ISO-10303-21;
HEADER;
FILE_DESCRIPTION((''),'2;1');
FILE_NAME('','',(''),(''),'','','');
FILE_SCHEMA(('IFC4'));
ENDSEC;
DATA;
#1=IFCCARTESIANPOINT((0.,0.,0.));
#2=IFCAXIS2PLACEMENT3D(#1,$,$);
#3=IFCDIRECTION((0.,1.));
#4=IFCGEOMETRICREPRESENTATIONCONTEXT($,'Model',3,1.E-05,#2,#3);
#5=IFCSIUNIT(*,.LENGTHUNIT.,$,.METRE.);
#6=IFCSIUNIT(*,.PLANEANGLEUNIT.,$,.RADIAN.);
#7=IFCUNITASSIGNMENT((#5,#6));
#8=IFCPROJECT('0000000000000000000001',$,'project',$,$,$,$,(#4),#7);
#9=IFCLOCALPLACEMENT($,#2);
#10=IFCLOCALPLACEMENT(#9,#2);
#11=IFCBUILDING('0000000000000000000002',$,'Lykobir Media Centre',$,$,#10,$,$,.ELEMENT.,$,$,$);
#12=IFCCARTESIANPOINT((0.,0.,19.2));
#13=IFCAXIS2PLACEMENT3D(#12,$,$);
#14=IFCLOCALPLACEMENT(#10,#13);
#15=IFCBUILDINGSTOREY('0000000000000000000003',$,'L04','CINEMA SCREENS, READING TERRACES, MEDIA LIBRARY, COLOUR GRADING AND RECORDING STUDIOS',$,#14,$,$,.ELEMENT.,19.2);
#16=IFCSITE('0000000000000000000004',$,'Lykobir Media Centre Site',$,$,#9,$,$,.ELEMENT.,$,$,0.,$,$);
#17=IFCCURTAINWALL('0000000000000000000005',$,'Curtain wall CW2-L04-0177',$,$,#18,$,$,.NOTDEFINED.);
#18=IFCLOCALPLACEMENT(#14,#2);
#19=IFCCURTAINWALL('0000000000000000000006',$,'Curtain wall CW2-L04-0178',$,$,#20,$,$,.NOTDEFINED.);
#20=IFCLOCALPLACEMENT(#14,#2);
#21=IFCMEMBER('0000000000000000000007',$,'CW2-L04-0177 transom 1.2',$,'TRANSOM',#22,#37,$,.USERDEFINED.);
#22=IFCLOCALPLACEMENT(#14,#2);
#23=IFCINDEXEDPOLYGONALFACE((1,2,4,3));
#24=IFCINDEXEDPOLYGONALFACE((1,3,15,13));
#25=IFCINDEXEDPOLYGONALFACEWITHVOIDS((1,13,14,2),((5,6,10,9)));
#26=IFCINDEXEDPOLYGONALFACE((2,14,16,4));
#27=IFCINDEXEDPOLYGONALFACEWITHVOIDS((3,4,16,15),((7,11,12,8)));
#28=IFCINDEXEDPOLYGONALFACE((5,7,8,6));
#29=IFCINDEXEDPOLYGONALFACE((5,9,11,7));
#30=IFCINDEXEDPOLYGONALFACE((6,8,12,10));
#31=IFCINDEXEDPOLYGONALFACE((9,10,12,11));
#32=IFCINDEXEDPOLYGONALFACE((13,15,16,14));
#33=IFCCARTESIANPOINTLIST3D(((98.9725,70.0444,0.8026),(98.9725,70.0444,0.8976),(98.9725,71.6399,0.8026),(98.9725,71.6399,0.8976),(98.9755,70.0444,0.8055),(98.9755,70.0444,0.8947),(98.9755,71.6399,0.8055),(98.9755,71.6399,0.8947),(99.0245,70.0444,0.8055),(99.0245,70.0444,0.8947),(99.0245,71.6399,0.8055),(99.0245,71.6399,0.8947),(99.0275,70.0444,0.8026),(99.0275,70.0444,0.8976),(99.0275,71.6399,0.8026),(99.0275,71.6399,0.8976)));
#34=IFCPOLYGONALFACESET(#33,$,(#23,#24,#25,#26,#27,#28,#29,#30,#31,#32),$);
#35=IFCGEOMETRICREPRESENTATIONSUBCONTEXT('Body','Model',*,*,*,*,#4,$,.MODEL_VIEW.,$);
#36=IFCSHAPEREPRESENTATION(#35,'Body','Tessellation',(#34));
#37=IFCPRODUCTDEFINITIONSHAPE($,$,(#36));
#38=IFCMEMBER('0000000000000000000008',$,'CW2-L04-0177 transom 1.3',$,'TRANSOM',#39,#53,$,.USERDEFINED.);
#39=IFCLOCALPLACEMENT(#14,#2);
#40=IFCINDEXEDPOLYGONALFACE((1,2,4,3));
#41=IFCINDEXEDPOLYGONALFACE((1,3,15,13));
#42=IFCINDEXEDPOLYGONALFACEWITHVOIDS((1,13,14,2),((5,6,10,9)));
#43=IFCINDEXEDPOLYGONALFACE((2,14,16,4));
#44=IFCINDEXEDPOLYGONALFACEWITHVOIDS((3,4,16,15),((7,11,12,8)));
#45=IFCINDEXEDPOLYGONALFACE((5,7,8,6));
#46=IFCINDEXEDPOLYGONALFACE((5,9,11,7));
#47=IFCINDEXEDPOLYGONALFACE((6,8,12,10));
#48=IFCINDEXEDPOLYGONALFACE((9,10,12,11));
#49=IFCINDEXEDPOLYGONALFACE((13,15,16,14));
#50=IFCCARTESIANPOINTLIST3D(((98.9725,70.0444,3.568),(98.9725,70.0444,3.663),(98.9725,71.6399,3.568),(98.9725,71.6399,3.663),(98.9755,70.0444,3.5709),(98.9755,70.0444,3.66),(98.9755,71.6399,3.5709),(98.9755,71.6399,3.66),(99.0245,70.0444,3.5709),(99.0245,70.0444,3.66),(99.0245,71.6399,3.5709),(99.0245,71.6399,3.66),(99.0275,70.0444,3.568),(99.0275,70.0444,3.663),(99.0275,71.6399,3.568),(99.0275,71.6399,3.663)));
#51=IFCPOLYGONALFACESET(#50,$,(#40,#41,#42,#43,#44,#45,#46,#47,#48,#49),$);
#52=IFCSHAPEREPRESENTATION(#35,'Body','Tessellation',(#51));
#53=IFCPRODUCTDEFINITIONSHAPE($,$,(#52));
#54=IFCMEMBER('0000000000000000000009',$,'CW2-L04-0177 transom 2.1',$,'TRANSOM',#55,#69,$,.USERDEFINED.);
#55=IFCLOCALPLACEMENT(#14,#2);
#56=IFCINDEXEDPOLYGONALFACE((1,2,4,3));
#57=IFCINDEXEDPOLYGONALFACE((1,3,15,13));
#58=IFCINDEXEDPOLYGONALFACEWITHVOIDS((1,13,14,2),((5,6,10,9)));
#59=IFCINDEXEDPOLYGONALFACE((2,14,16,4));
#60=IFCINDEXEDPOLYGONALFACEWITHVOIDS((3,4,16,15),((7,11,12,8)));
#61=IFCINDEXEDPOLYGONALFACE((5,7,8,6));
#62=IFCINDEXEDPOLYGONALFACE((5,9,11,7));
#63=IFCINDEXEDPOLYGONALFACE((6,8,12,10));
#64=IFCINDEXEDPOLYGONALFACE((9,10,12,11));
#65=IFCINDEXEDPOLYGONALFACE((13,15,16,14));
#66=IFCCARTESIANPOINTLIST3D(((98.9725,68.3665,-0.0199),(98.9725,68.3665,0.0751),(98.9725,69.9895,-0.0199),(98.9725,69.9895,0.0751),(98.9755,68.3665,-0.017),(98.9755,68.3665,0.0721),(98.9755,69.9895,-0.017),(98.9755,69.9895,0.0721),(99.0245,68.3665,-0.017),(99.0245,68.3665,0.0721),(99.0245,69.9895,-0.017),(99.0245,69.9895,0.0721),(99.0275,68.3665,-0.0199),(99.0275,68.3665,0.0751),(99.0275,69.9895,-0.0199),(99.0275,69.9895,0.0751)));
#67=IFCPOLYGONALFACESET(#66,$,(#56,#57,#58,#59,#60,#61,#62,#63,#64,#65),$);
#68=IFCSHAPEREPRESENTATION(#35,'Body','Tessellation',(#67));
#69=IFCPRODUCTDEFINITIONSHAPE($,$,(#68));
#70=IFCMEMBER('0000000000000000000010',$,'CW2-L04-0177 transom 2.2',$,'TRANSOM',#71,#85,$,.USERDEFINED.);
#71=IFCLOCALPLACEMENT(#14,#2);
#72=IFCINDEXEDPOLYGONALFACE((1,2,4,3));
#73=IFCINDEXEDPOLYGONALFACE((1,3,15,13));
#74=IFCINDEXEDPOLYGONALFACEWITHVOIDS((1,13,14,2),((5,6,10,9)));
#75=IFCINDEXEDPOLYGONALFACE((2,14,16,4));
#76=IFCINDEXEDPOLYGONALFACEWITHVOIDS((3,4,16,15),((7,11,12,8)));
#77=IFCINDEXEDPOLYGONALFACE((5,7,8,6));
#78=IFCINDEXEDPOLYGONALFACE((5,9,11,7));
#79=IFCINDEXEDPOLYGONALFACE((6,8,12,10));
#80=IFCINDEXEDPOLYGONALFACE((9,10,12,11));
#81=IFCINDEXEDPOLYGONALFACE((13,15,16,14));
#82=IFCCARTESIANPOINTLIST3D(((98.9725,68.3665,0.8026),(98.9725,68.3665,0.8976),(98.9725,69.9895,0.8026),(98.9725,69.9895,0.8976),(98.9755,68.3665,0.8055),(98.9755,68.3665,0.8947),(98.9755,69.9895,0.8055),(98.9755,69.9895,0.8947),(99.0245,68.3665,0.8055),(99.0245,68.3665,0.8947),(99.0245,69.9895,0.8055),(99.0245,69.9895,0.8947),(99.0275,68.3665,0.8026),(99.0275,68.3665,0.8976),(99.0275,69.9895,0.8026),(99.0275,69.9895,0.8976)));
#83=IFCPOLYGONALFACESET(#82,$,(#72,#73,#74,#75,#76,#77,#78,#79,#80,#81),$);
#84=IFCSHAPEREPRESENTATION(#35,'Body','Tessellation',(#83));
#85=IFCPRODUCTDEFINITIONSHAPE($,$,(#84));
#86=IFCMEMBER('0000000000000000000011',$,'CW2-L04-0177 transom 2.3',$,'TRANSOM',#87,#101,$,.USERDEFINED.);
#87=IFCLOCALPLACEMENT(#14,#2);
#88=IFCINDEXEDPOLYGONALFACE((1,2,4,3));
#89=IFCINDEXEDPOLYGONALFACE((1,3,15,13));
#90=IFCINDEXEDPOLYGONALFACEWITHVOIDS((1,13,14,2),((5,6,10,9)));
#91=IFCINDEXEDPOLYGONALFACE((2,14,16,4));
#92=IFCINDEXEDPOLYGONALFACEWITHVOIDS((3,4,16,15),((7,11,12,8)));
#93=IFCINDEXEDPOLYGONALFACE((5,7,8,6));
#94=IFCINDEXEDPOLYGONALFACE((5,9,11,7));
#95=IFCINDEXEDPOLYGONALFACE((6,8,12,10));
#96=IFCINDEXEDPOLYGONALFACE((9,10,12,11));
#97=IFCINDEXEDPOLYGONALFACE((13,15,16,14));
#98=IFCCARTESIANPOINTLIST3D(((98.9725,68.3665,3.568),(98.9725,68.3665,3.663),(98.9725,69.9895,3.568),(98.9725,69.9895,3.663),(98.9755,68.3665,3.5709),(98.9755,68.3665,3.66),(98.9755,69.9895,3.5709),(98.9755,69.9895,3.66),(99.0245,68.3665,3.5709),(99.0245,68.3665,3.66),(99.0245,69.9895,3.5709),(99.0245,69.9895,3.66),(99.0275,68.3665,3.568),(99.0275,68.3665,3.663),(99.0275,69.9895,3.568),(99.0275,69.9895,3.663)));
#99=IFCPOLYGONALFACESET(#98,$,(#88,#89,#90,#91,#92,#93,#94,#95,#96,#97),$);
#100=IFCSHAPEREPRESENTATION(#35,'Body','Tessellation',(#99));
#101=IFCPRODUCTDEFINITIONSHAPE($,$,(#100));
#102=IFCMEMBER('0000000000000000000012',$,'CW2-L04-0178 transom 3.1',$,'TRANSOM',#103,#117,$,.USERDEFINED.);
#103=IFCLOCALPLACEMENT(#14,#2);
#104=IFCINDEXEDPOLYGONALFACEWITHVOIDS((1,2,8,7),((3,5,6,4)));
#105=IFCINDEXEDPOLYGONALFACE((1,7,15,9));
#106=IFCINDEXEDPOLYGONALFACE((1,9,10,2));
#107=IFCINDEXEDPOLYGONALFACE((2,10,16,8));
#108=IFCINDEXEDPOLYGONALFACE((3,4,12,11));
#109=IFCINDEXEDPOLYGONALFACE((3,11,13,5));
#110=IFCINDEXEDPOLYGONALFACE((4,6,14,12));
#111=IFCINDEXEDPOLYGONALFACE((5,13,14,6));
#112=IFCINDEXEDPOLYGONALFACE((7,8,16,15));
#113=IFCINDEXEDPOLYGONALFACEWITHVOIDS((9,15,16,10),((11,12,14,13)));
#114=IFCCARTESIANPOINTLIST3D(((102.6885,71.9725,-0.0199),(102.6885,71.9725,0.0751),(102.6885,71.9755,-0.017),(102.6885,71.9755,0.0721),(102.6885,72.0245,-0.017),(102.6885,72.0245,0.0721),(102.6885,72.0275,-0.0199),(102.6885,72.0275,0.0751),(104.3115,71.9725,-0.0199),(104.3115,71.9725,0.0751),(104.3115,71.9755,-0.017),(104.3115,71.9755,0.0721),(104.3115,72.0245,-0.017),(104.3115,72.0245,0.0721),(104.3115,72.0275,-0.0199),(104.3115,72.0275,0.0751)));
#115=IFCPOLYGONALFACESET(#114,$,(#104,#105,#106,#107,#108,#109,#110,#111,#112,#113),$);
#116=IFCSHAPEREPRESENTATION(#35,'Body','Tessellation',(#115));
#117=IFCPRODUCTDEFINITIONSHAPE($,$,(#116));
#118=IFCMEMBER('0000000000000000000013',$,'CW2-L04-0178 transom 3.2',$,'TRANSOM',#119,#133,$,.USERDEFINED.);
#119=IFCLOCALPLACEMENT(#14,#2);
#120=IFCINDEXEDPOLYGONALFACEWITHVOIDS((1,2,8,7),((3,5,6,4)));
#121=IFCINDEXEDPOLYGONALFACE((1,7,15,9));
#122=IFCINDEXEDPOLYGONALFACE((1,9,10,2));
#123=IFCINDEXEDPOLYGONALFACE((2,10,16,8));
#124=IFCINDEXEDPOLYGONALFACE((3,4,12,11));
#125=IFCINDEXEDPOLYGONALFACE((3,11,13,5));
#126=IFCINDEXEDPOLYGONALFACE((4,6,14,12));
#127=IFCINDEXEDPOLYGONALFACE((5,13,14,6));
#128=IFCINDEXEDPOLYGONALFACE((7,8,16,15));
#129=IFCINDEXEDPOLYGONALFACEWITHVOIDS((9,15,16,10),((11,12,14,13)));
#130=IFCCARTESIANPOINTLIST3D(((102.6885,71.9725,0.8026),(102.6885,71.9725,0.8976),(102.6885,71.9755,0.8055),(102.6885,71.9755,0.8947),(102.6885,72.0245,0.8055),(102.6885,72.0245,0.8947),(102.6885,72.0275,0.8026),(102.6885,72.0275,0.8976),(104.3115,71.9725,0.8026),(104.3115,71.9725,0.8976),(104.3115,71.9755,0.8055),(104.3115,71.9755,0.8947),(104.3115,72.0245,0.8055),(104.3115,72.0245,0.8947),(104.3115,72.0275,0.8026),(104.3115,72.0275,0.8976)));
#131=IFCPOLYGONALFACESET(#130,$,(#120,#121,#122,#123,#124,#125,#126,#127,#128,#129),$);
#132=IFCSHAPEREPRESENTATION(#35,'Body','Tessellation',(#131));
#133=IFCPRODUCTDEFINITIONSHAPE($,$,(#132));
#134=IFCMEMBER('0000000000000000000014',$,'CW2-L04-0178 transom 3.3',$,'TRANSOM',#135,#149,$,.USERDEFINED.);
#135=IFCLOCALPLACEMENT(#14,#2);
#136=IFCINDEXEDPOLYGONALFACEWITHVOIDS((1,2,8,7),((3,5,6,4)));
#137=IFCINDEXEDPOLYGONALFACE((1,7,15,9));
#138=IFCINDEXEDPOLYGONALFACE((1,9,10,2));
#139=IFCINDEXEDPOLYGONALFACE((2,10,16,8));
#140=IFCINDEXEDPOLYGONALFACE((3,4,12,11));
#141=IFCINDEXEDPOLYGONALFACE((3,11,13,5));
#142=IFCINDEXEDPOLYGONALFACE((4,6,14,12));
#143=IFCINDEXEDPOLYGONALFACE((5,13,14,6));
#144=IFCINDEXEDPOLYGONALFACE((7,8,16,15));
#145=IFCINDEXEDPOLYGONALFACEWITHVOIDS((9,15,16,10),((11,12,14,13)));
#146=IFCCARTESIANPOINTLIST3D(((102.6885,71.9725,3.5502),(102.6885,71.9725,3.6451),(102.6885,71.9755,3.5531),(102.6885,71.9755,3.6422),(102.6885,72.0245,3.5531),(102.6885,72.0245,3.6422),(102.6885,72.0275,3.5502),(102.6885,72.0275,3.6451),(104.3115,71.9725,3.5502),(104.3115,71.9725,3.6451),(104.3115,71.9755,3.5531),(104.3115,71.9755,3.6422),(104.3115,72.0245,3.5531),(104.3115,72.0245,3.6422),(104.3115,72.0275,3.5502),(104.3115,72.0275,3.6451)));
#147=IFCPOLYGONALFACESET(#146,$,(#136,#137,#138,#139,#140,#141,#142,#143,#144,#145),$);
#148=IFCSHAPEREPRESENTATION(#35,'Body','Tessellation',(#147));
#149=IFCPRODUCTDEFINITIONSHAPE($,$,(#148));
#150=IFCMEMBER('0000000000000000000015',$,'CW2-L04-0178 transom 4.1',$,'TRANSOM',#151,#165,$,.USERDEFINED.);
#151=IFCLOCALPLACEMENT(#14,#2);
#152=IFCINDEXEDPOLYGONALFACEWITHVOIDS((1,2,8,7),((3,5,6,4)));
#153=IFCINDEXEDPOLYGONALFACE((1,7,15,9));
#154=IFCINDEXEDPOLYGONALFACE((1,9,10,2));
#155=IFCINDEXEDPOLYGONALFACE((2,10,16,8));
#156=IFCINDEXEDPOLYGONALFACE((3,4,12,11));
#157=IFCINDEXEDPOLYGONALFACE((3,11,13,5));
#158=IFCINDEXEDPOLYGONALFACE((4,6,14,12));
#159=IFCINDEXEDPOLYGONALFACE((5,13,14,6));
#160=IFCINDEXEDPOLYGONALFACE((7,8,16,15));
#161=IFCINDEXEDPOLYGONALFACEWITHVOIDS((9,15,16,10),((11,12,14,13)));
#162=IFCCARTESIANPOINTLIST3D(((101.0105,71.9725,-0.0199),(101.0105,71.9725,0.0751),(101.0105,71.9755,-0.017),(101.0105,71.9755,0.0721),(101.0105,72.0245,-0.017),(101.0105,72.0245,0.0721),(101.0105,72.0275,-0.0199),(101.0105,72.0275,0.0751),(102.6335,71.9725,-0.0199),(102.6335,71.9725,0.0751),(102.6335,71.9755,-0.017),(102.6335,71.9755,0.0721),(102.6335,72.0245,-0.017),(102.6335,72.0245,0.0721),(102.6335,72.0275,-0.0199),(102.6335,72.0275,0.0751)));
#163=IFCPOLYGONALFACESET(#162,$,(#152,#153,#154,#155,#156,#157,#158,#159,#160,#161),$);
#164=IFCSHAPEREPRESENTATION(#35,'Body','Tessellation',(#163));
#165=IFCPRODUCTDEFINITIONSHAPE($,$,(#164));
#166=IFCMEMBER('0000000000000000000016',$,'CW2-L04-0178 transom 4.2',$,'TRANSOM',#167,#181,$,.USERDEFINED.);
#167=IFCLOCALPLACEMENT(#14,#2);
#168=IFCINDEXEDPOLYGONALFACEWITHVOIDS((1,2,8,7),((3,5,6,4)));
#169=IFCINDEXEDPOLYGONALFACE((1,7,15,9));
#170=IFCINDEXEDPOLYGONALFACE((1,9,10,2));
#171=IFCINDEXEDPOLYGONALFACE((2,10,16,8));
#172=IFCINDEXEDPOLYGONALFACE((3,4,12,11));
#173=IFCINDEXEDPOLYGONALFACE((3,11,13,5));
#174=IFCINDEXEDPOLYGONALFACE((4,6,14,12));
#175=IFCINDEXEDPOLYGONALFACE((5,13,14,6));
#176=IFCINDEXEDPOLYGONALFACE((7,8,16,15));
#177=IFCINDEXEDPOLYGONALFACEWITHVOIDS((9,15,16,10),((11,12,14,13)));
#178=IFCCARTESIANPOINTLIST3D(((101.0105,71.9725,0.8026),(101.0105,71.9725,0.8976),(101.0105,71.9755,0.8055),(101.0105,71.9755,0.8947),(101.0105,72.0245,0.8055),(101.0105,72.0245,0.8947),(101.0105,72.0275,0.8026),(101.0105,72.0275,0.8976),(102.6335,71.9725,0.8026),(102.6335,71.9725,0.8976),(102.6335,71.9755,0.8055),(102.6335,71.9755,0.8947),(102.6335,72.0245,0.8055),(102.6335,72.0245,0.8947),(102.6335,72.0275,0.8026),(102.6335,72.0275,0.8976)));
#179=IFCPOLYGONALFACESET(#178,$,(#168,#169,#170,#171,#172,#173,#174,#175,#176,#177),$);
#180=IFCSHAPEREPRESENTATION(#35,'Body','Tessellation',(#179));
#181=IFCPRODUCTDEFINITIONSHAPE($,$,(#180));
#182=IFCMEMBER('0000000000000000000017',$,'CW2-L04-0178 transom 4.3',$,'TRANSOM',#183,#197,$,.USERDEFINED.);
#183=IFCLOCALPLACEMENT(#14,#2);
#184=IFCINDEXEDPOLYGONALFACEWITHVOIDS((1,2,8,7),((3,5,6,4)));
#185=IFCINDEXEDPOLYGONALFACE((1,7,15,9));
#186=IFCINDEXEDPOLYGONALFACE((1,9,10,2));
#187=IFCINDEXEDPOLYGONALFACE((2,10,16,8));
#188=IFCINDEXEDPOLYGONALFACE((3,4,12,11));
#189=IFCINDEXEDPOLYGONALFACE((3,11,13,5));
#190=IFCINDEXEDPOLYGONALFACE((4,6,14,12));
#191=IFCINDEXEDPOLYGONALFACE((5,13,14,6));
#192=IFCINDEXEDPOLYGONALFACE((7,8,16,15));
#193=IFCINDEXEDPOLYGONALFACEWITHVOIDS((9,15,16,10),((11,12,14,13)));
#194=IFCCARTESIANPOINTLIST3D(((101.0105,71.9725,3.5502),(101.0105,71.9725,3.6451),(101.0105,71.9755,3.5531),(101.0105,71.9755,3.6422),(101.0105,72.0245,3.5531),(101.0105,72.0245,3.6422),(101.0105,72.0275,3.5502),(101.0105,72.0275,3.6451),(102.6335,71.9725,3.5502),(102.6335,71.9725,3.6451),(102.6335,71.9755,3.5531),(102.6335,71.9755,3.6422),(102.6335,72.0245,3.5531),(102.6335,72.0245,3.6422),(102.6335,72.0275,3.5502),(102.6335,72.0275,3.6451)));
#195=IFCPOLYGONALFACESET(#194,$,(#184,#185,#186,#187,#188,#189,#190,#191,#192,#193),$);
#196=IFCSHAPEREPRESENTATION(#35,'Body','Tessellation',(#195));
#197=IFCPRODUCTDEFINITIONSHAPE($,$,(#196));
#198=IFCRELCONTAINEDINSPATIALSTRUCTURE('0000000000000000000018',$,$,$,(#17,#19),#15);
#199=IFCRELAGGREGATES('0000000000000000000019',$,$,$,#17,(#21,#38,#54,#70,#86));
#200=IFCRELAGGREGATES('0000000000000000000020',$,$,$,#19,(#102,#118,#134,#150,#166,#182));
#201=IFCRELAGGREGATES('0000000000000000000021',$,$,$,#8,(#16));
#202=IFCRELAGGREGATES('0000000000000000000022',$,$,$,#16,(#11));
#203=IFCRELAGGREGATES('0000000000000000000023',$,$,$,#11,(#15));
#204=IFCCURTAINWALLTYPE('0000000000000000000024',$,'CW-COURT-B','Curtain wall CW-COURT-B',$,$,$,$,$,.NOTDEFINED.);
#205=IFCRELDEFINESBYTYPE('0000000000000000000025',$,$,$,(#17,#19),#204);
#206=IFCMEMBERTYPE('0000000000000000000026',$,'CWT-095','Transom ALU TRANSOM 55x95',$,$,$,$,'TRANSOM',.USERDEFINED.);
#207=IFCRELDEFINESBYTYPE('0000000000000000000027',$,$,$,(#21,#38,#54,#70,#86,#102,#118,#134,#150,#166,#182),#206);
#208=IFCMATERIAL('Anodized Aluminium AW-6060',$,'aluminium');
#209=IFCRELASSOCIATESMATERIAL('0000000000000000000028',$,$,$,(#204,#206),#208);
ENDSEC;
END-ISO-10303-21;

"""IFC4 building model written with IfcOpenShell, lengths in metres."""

from ifc_helpers import new_model, si_unit, direction, frame, origin, origin_2d, place, context, subcontext, project, spatial, hollow_rectangle, extrude, material, material_profile, profile_set, type_object, element, aggregate, save


model = new_model("IFC4")

# Units and contexts
model_context = context("Model", 3, precision=1e-05, world=origin(), true_north=direction((0.0, 1.0)))
body_context = subcontext(model_context, "Body", "Model", "MODEL_VIEW")
ifc_project = project(units=[si_unit("LENGTHUNIT", "METRE"), si_unit("PLANEANGLEUNIT", "RADIAN")], contexts=[model_context])

# Site, building, storey
site_placement = place(None, origin())
site = spatial("IfcSite", under=ifc_project, at=site_placement, Name="Lykobir Media Centre Site", CompositionType="ELEMENT", RefElevation=0.0)
building_placement = place(site_placement, origin())
building = spatial("IfcBuilding", under=site, at=building_placement, Name="Lykobir Media Centre", CompositionType="ELEMENT")
storey_placement = place(building_placement, frame((0.0, 0.0, 19.2)))
storey = spatial("IfcBuildingStorey", under=building, at=storey_placement, Name="L04", Description="CINEMA SCREENS, READING TERRACES, MEDIA LIBRARY, COLOUR GRADING AND RECORDING STUDIOS", CompositionType="ELEMENT", Elevation=19.2)

# Curtain walls
ifc_material_1 = material(Name="Anodized Aluminium AW-6060", Category="aluminium")
curtain_wall_type = type_object("IfcCurtainWallType", Name="CW-COURT-B", Description="Curtain wall CW-COURT-B", PredefinedType="NOTDEFINED", material=ifc_material_1)
curtain_wall_1_placement = place(storey_placement, origin())
curtain_wall_1 = element("IfcCurtainWall", 1, at=curtain_wall_1_placement, inside=storey, type_object=curtain_wall_type, Name="Curtain wall CW2-L04-0177", PredefinedType="NOTDEFINED")
curtain_wall_2_placement = place(storey_placement, origin())
curtain_wall_2 = element("IfcCurtainWall", 2, at=curtain_wall_2_placement, inside=storey, type_object=curtain_wall_type, Name="Curtain wall CW2-L04-0178", PredefinedType="NOTDEFINED")

# Members
ifc_material_profile_1 = material_profile(ifc_material_1, hollow_rectangle(XDim=0.0549, YDim=0.095, WallThickness=0.0029, at=origin_2d()), Name="ALU TRANSOM 55x95")
ifc_profile_set_1 = profile_set([ifc_material_profile_1], Name="Anodized Aluminium AW-6060")
member_type_1 = type_object("IfcMemberType", Name="CWT-095", Description="Transom ALU TRANSOM 55x95", ElementType="TRANSOM", PredefinedType="USERDEFINED", material=ifc_profile_set_1)
member_1_placement = place(storey_placement, frame((99.0, 71.6399, 0.8501), z_axis=(0.0, -1.0, 0.0), x_axis=(1.0, 0.0, 0.0)))
member_1 = element("IfcMember", 3, at=member_1_placement, type_object=member_type_1, Name="CW2-L04-0177 transom 1.2", ObjectType="TRANSOM", PredefinedType="USERDEFINED", context=body_context, shape_type="SweptSolid", body=[
    extrude(hollow_rectangle(XDim=0.0549, YDim=0.095, WallThickness=0.0029, at=origin_2d()), origin(), (0.0, 0.0, 1.0), 1.5955),
])
member_2_placement = place(storey_placement, frame((99.0, 71.6399, 3.6155), z_axis=(0.0, -1.0, 0.0), x_axis=(1.0, 0.0, 0.0)))
member_2 = element("IfcMember", 4, at=member_2_placement, type_object=member_type_1, Name="CW2-L04-0177 transom 1.3", ObjectType="TRANSOM", PredefinedType="USERDEFINED", context=body_context, shape_type="SweptSolid", body=[
    extrude(hollow_rectangle(XDim=0.0549, YDim=0.095, WallThickness=0.0029, at=origin_2d()), origin(), (0.0, 0.0, 1.0), 1.5955),
])
member_3_placement = place(storey_placement, frame((99.0, 69.9895, 0.0276), z_axis=(0.0, -1.0, 0.0), x_axis=(1.0, 0.0, 0.0)))
member_3 = element("IfcMember", 5, at=member_3_placement, type_object=member_type_1, Name="CW2-L04-0177 transom 2.1", ObjectType="TRANSOM", PredefinedType="USERDEFINED", context=body_context, shape_type="SweptSolid", body=[
    extrude(hollow_rectangle(XDim=0.0549, YDim=0.095, WallThickness=0.0029, at=origin_2d()), origin(), (0.0, 0.0, 1.0), 1.623),
])
member_4_placement = place(storey_placement, frame((99.0, 69.9895, 0.8501), z_axis=(0.0, -1.0, 0.0), x_axis=(1.0, 0.0, 0.0)))
member_4 = element("IfcMember", 6, at=member_4_placement, type_object=member_type_1, Name="CW2-L04-0177 transom 2.2", ObjectType="TRANSOM", PredefinedType="USERDEFINED", context=body_context, shape_type="SweptSolid", body=[
    extrude(hollow_rectangle(XDim=0.0549, YDim=0.095, WallThickness=0.0029, at=origin_2d()), origin(), (0.0, 0.0, 1.0), 1.623),
])
member_5_placement = place(storey_placement, frame((99.0, 69.9895, 3.6155), z_axis=(0.0, -1.0, 0.0), x_axis=(1.0, 0.0, 0.0)))
member_5 = element("IfcMember", 7, at=member_5_placement, type_object=member_type_1, Name="CW2-L04-0177 transom 2.3", ObjectType="TRANSOM", PredefinedType="USERDEFINED", context=body_context, shape_type="SweptSolid", body=[
    extrude(hollow_rectangle(XDim=0.0549, YDim=0.095, WallThickness=0.0029, at=origin_2d()), origin(), (0.0, 0.0, 1.0), 1.623),
])
member_6_placement = place(storey_placement, frame((104.3115, 72.0, 0.0276), z_axis=(-1.0, 0.0, 0.0), x_axis=(0.0, -1.0, 0.0)))
member_6 = element("IfcMember", 8, at=member_6_placement, type_object=member_type_1, Name="CW2-L04-0178 transom 3.1", ObjectType="TRANSOM", PredefinedType="USERDEFINED", context=body_context, shape_type="SweptSolid", body=[
    extrude(hollow_rectangle(XDim=0.0549, YDim=0.095, WallThickness=0.0029, at=origin_2d()), origin(), (0.0, 0.0, 1.0), 1.623),
])
member_7_placement = place(storey_placement, frame((104.3115, 72.0, 0.8501), z_axis=(-1.0, 0.0, 0.0), x_axis=(0.0, -1.0, 0.0)))
member_7 = element("IfcMember", 9, at=member_7_placement, type_object=member_type_1, Name="CW2-L04-0178 transom 3.2", ObjectType="TRANSOM", PredefinedType="USERDEFINED", context=body_context, shape_type="SweptSolid", body=[
    extrude(hollow_rectangle(XDim=0.0549, YDim=0.095, WallThickness=0.0029, at=origin_2d()), origin(), (0.0, 0.0, 1.0), 1.623),
])
member_8_placement = place(storey_placement, frame((104.3115, 72.0, 3.5977), z_axis=(-1.0, 0.0, 0.0), x_axis=(0.0, -1.0, 0.0)))
member_8 = element("IfcMember", 10, at=member_8_placement, type_object=member_type_1, Name="CW2-L04-0178 transom 3.3", ObjectType="TRANSOM", PredefinedType="USERDEFINED", context=body_context, shape_type="SweptSolid", body=[
    extrude(hollow_rectangle(XDim=0.0549, YDim=0.095, WallThickness=0.0029, at=origin_2d()), origin(), (0.0, 0.0, 1.0), 1.623),
])
member_9_placement = place(storey_placement, frame((102.6335, 72.0, 0.0276), z_axis=(-1.0, 0.0, 0.0), x_axis=(0.0, -1.0, 0.0)))
member_9 = element("IfcMember", 11, at=member_9_placement, type_object=member_type_1, Name="CW2-L04-0178 transom 4.1", ObjectType="TRANSOM", PredefinedType="USERDEFINED", context=body_context, shape_type="SweptSolid", body=[
    extrude(hollow_rectangle(XDim=0.0549, YDim=0.095, WallThickness=0.0029, at=origin_2d()), origin(), (0.0, 0.0, 1.0), 1.623),
])
member_10_placement = place(storey_placement, frame((102.6335, 72.0, 0.8501), z_axis=(-1.0, 0.0, 0.0), x_axis=(0.0, -1.0, 0.0)))
member_10 = element("IfcMember", 12, at=member_10_placement, type_object=member_type_1, Name="CW2-L04-0178 transom 4.2", ObjectType="TRANSOM", PredefinedType="USERDEFINED", context=body_context, shape_type="SweptSolid", body=[
    extrude(hollow_rectangle(XDim=0.0549, YDim=0.095, WallThickness=0.0029, at=origin_2d()), origin(), (0.0, 0.0, 1.0), 1.623),
])
member_11_placement = place(storey_placement, frame((102.6335, 72.0, 3.5977), z_axis=(-1.0, 0.0, 0.0), x_axis=(0.0, -1.0, 0.0)))
member_11 = element("IfcMember", 13, at=member_11_placement, type_object=member_type_1, Name="CW2-L04-0178 transom 4.3", ObjectType="TRANSOM", PredefinedType="USERDEFINED", context=body_context, shape_type="SweptSolid", body=[
    extrude(hollow_rectangle(XDim=0.0549, YDim=0.095, WallThickness=0.0029, at=origin_2d()), origin(), (0.0, 0.0, 1.0), 1.623),
])

aggregate(curtain_wall_1, [member_1, member_2, member_3, member_4, member_5])
aggregate(curtain_wall_2, [member_6, member_7, member_8, member_9, member_10, member_11])

save(model, "model.ifc")
